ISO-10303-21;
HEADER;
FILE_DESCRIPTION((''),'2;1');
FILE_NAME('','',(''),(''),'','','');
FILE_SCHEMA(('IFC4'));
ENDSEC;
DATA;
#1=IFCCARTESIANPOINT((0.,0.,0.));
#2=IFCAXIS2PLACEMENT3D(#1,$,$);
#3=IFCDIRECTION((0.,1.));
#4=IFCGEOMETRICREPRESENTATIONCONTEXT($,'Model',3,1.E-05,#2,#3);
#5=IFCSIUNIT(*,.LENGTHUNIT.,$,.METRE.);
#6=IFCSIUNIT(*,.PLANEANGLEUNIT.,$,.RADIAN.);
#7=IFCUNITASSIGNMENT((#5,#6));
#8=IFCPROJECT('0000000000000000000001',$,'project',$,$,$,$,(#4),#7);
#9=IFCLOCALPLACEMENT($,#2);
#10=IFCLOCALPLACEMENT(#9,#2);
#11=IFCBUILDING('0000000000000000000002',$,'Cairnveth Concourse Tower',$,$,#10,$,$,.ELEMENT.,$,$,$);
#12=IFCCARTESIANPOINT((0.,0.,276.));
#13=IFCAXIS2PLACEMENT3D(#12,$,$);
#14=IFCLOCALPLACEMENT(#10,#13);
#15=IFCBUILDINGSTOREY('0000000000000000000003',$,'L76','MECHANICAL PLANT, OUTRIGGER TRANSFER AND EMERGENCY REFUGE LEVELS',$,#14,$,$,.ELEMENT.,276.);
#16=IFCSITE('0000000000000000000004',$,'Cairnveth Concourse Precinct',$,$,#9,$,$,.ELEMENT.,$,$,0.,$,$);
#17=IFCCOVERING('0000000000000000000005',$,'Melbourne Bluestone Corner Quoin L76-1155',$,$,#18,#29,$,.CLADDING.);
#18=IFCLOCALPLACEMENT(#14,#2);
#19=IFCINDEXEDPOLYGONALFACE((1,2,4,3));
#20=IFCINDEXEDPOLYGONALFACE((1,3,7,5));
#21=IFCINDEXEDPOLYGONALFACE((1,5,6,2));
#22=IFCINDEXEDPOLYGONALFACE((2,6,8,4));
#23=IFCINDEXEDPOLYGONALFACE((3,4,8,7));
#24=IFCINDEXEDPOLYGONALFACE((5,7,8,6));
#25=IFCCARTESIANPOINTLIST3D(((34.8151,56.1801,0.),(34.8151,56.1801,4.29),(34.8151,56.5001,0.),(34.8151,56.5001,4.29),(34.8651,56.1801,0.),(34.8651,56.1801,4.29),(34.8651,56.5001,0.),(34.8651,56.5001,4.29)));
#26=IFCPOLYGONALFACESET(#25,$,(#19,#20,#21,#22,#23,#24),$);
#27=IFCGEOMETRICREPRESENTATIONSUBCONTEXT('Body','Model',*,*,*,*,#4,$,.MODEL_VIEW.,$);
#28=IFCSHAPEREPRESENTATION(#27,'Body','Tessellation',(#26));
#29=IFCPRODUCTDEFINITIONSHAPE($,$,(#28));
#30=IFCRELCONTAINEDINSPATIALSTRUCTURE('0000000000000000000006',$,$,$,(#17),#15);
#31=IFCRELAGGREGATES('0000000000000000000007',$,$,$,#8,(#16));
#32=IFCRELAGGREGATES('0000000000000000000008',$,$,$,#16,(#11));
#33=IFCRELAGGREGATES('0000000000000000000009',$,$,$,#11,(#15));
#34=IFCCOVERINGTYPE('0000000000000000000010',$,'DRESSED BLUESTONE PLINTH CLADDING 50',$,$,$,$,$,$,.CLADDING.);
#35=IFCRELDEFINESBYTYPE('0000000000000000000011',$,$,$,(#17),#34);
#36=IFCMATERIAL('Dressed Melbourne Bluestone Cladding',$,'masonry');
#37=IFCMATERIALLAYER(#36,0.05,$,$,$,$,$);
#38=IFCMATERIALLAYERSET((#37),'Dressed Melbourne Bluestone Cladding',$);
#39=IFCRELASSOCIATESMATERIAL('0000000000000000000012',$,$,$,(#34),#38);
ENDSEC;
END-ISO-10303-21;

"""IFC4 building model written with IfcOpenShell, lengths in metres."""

from ifc_helpers import new_model, si_unit, direction, frame, frame_2d, origin, place, context, subcontext, project, spatial, rectangle, extrude, material, layer, layer_set, type_object, element, save


model = new_model("IFC4")

# Units and contexts
model_context = context("Model", 3, precision=1e-05, world=origin(), true_north=direction((0.0, 1.0)))
body_context = subcontext(model_context, "Body", "Model", "MODEL_VIEW")
ifc_project = project(units=[si_unit("LENGTHUNIT", "METRE"), si_unit("PLANEANGLEUNIT", "RADIAN")], contexts=[model_context])

# Site, building, storey
site_placement = place(None, origin())
site = spatial("IfcSite", under=ifc_project, at=site_placement, Name="Cairnveth Concourse Precinct", CompositionType="ELEMENT", RefElevation=0.0)
building_placement = place(site_placement, origin())
building = spatial("IfcBuilding", under=site, at=building_placement, Name="Cairnveth Concourse Tower", CompositionType="ELEMENT")
storey_placement = place(building_placement, frame((0.0, 0.0, 276.0)))
storey = spatial("IfcBuildingStorey", under=building, at=storey_placement, Name="L76", Description="MECHANICAL PLANT, OUTRIGGER TRANSFER AND EMERGENCY REFUGE LEVELS", CompositionType="ELEMENT", Elevation=276.0)

# Covering
ifc_material_1 = material(Name="Dressed Melbourne Bluestone Cladding", Category="masonry")
ifc_layer_1 = layer(ifc_material_1, 0.05)
ifc_layer_set_1 = layer_set([ifc_layer_1], Name="Dressed Melbourne Bluestone Cladding")
covering_type = type_object("IfcCoveringType", Name="DRESSED BLUESTONE PLINTH CLADDING 50", PredefinedType="CLADDING", material=ifc_layer_set_1)
covering_placement = place(storey_placement, frame((34.8401, 56.1799, 0.0), z_axis=(0.0, 0.0, 1.0), x_axis=(0.0, 1.0, 0.0)))
element("IfcCovering", 1, at=covering_placement, inside=storey, type_object=covering_type, Name="Melbourne Bluestone Corner Quoin L76-1155", PredefinedType="CLADDING", context=body_context, shape_type="SweptSolid", body=[
    extrude(rectangle(XDim=0.3201, YDim=0.05, at=frame_2d((0.1602, 0.0))), origin(), (0.0, 0.0, 1.0), 4.29),
])

save(model, "model.ifc")
